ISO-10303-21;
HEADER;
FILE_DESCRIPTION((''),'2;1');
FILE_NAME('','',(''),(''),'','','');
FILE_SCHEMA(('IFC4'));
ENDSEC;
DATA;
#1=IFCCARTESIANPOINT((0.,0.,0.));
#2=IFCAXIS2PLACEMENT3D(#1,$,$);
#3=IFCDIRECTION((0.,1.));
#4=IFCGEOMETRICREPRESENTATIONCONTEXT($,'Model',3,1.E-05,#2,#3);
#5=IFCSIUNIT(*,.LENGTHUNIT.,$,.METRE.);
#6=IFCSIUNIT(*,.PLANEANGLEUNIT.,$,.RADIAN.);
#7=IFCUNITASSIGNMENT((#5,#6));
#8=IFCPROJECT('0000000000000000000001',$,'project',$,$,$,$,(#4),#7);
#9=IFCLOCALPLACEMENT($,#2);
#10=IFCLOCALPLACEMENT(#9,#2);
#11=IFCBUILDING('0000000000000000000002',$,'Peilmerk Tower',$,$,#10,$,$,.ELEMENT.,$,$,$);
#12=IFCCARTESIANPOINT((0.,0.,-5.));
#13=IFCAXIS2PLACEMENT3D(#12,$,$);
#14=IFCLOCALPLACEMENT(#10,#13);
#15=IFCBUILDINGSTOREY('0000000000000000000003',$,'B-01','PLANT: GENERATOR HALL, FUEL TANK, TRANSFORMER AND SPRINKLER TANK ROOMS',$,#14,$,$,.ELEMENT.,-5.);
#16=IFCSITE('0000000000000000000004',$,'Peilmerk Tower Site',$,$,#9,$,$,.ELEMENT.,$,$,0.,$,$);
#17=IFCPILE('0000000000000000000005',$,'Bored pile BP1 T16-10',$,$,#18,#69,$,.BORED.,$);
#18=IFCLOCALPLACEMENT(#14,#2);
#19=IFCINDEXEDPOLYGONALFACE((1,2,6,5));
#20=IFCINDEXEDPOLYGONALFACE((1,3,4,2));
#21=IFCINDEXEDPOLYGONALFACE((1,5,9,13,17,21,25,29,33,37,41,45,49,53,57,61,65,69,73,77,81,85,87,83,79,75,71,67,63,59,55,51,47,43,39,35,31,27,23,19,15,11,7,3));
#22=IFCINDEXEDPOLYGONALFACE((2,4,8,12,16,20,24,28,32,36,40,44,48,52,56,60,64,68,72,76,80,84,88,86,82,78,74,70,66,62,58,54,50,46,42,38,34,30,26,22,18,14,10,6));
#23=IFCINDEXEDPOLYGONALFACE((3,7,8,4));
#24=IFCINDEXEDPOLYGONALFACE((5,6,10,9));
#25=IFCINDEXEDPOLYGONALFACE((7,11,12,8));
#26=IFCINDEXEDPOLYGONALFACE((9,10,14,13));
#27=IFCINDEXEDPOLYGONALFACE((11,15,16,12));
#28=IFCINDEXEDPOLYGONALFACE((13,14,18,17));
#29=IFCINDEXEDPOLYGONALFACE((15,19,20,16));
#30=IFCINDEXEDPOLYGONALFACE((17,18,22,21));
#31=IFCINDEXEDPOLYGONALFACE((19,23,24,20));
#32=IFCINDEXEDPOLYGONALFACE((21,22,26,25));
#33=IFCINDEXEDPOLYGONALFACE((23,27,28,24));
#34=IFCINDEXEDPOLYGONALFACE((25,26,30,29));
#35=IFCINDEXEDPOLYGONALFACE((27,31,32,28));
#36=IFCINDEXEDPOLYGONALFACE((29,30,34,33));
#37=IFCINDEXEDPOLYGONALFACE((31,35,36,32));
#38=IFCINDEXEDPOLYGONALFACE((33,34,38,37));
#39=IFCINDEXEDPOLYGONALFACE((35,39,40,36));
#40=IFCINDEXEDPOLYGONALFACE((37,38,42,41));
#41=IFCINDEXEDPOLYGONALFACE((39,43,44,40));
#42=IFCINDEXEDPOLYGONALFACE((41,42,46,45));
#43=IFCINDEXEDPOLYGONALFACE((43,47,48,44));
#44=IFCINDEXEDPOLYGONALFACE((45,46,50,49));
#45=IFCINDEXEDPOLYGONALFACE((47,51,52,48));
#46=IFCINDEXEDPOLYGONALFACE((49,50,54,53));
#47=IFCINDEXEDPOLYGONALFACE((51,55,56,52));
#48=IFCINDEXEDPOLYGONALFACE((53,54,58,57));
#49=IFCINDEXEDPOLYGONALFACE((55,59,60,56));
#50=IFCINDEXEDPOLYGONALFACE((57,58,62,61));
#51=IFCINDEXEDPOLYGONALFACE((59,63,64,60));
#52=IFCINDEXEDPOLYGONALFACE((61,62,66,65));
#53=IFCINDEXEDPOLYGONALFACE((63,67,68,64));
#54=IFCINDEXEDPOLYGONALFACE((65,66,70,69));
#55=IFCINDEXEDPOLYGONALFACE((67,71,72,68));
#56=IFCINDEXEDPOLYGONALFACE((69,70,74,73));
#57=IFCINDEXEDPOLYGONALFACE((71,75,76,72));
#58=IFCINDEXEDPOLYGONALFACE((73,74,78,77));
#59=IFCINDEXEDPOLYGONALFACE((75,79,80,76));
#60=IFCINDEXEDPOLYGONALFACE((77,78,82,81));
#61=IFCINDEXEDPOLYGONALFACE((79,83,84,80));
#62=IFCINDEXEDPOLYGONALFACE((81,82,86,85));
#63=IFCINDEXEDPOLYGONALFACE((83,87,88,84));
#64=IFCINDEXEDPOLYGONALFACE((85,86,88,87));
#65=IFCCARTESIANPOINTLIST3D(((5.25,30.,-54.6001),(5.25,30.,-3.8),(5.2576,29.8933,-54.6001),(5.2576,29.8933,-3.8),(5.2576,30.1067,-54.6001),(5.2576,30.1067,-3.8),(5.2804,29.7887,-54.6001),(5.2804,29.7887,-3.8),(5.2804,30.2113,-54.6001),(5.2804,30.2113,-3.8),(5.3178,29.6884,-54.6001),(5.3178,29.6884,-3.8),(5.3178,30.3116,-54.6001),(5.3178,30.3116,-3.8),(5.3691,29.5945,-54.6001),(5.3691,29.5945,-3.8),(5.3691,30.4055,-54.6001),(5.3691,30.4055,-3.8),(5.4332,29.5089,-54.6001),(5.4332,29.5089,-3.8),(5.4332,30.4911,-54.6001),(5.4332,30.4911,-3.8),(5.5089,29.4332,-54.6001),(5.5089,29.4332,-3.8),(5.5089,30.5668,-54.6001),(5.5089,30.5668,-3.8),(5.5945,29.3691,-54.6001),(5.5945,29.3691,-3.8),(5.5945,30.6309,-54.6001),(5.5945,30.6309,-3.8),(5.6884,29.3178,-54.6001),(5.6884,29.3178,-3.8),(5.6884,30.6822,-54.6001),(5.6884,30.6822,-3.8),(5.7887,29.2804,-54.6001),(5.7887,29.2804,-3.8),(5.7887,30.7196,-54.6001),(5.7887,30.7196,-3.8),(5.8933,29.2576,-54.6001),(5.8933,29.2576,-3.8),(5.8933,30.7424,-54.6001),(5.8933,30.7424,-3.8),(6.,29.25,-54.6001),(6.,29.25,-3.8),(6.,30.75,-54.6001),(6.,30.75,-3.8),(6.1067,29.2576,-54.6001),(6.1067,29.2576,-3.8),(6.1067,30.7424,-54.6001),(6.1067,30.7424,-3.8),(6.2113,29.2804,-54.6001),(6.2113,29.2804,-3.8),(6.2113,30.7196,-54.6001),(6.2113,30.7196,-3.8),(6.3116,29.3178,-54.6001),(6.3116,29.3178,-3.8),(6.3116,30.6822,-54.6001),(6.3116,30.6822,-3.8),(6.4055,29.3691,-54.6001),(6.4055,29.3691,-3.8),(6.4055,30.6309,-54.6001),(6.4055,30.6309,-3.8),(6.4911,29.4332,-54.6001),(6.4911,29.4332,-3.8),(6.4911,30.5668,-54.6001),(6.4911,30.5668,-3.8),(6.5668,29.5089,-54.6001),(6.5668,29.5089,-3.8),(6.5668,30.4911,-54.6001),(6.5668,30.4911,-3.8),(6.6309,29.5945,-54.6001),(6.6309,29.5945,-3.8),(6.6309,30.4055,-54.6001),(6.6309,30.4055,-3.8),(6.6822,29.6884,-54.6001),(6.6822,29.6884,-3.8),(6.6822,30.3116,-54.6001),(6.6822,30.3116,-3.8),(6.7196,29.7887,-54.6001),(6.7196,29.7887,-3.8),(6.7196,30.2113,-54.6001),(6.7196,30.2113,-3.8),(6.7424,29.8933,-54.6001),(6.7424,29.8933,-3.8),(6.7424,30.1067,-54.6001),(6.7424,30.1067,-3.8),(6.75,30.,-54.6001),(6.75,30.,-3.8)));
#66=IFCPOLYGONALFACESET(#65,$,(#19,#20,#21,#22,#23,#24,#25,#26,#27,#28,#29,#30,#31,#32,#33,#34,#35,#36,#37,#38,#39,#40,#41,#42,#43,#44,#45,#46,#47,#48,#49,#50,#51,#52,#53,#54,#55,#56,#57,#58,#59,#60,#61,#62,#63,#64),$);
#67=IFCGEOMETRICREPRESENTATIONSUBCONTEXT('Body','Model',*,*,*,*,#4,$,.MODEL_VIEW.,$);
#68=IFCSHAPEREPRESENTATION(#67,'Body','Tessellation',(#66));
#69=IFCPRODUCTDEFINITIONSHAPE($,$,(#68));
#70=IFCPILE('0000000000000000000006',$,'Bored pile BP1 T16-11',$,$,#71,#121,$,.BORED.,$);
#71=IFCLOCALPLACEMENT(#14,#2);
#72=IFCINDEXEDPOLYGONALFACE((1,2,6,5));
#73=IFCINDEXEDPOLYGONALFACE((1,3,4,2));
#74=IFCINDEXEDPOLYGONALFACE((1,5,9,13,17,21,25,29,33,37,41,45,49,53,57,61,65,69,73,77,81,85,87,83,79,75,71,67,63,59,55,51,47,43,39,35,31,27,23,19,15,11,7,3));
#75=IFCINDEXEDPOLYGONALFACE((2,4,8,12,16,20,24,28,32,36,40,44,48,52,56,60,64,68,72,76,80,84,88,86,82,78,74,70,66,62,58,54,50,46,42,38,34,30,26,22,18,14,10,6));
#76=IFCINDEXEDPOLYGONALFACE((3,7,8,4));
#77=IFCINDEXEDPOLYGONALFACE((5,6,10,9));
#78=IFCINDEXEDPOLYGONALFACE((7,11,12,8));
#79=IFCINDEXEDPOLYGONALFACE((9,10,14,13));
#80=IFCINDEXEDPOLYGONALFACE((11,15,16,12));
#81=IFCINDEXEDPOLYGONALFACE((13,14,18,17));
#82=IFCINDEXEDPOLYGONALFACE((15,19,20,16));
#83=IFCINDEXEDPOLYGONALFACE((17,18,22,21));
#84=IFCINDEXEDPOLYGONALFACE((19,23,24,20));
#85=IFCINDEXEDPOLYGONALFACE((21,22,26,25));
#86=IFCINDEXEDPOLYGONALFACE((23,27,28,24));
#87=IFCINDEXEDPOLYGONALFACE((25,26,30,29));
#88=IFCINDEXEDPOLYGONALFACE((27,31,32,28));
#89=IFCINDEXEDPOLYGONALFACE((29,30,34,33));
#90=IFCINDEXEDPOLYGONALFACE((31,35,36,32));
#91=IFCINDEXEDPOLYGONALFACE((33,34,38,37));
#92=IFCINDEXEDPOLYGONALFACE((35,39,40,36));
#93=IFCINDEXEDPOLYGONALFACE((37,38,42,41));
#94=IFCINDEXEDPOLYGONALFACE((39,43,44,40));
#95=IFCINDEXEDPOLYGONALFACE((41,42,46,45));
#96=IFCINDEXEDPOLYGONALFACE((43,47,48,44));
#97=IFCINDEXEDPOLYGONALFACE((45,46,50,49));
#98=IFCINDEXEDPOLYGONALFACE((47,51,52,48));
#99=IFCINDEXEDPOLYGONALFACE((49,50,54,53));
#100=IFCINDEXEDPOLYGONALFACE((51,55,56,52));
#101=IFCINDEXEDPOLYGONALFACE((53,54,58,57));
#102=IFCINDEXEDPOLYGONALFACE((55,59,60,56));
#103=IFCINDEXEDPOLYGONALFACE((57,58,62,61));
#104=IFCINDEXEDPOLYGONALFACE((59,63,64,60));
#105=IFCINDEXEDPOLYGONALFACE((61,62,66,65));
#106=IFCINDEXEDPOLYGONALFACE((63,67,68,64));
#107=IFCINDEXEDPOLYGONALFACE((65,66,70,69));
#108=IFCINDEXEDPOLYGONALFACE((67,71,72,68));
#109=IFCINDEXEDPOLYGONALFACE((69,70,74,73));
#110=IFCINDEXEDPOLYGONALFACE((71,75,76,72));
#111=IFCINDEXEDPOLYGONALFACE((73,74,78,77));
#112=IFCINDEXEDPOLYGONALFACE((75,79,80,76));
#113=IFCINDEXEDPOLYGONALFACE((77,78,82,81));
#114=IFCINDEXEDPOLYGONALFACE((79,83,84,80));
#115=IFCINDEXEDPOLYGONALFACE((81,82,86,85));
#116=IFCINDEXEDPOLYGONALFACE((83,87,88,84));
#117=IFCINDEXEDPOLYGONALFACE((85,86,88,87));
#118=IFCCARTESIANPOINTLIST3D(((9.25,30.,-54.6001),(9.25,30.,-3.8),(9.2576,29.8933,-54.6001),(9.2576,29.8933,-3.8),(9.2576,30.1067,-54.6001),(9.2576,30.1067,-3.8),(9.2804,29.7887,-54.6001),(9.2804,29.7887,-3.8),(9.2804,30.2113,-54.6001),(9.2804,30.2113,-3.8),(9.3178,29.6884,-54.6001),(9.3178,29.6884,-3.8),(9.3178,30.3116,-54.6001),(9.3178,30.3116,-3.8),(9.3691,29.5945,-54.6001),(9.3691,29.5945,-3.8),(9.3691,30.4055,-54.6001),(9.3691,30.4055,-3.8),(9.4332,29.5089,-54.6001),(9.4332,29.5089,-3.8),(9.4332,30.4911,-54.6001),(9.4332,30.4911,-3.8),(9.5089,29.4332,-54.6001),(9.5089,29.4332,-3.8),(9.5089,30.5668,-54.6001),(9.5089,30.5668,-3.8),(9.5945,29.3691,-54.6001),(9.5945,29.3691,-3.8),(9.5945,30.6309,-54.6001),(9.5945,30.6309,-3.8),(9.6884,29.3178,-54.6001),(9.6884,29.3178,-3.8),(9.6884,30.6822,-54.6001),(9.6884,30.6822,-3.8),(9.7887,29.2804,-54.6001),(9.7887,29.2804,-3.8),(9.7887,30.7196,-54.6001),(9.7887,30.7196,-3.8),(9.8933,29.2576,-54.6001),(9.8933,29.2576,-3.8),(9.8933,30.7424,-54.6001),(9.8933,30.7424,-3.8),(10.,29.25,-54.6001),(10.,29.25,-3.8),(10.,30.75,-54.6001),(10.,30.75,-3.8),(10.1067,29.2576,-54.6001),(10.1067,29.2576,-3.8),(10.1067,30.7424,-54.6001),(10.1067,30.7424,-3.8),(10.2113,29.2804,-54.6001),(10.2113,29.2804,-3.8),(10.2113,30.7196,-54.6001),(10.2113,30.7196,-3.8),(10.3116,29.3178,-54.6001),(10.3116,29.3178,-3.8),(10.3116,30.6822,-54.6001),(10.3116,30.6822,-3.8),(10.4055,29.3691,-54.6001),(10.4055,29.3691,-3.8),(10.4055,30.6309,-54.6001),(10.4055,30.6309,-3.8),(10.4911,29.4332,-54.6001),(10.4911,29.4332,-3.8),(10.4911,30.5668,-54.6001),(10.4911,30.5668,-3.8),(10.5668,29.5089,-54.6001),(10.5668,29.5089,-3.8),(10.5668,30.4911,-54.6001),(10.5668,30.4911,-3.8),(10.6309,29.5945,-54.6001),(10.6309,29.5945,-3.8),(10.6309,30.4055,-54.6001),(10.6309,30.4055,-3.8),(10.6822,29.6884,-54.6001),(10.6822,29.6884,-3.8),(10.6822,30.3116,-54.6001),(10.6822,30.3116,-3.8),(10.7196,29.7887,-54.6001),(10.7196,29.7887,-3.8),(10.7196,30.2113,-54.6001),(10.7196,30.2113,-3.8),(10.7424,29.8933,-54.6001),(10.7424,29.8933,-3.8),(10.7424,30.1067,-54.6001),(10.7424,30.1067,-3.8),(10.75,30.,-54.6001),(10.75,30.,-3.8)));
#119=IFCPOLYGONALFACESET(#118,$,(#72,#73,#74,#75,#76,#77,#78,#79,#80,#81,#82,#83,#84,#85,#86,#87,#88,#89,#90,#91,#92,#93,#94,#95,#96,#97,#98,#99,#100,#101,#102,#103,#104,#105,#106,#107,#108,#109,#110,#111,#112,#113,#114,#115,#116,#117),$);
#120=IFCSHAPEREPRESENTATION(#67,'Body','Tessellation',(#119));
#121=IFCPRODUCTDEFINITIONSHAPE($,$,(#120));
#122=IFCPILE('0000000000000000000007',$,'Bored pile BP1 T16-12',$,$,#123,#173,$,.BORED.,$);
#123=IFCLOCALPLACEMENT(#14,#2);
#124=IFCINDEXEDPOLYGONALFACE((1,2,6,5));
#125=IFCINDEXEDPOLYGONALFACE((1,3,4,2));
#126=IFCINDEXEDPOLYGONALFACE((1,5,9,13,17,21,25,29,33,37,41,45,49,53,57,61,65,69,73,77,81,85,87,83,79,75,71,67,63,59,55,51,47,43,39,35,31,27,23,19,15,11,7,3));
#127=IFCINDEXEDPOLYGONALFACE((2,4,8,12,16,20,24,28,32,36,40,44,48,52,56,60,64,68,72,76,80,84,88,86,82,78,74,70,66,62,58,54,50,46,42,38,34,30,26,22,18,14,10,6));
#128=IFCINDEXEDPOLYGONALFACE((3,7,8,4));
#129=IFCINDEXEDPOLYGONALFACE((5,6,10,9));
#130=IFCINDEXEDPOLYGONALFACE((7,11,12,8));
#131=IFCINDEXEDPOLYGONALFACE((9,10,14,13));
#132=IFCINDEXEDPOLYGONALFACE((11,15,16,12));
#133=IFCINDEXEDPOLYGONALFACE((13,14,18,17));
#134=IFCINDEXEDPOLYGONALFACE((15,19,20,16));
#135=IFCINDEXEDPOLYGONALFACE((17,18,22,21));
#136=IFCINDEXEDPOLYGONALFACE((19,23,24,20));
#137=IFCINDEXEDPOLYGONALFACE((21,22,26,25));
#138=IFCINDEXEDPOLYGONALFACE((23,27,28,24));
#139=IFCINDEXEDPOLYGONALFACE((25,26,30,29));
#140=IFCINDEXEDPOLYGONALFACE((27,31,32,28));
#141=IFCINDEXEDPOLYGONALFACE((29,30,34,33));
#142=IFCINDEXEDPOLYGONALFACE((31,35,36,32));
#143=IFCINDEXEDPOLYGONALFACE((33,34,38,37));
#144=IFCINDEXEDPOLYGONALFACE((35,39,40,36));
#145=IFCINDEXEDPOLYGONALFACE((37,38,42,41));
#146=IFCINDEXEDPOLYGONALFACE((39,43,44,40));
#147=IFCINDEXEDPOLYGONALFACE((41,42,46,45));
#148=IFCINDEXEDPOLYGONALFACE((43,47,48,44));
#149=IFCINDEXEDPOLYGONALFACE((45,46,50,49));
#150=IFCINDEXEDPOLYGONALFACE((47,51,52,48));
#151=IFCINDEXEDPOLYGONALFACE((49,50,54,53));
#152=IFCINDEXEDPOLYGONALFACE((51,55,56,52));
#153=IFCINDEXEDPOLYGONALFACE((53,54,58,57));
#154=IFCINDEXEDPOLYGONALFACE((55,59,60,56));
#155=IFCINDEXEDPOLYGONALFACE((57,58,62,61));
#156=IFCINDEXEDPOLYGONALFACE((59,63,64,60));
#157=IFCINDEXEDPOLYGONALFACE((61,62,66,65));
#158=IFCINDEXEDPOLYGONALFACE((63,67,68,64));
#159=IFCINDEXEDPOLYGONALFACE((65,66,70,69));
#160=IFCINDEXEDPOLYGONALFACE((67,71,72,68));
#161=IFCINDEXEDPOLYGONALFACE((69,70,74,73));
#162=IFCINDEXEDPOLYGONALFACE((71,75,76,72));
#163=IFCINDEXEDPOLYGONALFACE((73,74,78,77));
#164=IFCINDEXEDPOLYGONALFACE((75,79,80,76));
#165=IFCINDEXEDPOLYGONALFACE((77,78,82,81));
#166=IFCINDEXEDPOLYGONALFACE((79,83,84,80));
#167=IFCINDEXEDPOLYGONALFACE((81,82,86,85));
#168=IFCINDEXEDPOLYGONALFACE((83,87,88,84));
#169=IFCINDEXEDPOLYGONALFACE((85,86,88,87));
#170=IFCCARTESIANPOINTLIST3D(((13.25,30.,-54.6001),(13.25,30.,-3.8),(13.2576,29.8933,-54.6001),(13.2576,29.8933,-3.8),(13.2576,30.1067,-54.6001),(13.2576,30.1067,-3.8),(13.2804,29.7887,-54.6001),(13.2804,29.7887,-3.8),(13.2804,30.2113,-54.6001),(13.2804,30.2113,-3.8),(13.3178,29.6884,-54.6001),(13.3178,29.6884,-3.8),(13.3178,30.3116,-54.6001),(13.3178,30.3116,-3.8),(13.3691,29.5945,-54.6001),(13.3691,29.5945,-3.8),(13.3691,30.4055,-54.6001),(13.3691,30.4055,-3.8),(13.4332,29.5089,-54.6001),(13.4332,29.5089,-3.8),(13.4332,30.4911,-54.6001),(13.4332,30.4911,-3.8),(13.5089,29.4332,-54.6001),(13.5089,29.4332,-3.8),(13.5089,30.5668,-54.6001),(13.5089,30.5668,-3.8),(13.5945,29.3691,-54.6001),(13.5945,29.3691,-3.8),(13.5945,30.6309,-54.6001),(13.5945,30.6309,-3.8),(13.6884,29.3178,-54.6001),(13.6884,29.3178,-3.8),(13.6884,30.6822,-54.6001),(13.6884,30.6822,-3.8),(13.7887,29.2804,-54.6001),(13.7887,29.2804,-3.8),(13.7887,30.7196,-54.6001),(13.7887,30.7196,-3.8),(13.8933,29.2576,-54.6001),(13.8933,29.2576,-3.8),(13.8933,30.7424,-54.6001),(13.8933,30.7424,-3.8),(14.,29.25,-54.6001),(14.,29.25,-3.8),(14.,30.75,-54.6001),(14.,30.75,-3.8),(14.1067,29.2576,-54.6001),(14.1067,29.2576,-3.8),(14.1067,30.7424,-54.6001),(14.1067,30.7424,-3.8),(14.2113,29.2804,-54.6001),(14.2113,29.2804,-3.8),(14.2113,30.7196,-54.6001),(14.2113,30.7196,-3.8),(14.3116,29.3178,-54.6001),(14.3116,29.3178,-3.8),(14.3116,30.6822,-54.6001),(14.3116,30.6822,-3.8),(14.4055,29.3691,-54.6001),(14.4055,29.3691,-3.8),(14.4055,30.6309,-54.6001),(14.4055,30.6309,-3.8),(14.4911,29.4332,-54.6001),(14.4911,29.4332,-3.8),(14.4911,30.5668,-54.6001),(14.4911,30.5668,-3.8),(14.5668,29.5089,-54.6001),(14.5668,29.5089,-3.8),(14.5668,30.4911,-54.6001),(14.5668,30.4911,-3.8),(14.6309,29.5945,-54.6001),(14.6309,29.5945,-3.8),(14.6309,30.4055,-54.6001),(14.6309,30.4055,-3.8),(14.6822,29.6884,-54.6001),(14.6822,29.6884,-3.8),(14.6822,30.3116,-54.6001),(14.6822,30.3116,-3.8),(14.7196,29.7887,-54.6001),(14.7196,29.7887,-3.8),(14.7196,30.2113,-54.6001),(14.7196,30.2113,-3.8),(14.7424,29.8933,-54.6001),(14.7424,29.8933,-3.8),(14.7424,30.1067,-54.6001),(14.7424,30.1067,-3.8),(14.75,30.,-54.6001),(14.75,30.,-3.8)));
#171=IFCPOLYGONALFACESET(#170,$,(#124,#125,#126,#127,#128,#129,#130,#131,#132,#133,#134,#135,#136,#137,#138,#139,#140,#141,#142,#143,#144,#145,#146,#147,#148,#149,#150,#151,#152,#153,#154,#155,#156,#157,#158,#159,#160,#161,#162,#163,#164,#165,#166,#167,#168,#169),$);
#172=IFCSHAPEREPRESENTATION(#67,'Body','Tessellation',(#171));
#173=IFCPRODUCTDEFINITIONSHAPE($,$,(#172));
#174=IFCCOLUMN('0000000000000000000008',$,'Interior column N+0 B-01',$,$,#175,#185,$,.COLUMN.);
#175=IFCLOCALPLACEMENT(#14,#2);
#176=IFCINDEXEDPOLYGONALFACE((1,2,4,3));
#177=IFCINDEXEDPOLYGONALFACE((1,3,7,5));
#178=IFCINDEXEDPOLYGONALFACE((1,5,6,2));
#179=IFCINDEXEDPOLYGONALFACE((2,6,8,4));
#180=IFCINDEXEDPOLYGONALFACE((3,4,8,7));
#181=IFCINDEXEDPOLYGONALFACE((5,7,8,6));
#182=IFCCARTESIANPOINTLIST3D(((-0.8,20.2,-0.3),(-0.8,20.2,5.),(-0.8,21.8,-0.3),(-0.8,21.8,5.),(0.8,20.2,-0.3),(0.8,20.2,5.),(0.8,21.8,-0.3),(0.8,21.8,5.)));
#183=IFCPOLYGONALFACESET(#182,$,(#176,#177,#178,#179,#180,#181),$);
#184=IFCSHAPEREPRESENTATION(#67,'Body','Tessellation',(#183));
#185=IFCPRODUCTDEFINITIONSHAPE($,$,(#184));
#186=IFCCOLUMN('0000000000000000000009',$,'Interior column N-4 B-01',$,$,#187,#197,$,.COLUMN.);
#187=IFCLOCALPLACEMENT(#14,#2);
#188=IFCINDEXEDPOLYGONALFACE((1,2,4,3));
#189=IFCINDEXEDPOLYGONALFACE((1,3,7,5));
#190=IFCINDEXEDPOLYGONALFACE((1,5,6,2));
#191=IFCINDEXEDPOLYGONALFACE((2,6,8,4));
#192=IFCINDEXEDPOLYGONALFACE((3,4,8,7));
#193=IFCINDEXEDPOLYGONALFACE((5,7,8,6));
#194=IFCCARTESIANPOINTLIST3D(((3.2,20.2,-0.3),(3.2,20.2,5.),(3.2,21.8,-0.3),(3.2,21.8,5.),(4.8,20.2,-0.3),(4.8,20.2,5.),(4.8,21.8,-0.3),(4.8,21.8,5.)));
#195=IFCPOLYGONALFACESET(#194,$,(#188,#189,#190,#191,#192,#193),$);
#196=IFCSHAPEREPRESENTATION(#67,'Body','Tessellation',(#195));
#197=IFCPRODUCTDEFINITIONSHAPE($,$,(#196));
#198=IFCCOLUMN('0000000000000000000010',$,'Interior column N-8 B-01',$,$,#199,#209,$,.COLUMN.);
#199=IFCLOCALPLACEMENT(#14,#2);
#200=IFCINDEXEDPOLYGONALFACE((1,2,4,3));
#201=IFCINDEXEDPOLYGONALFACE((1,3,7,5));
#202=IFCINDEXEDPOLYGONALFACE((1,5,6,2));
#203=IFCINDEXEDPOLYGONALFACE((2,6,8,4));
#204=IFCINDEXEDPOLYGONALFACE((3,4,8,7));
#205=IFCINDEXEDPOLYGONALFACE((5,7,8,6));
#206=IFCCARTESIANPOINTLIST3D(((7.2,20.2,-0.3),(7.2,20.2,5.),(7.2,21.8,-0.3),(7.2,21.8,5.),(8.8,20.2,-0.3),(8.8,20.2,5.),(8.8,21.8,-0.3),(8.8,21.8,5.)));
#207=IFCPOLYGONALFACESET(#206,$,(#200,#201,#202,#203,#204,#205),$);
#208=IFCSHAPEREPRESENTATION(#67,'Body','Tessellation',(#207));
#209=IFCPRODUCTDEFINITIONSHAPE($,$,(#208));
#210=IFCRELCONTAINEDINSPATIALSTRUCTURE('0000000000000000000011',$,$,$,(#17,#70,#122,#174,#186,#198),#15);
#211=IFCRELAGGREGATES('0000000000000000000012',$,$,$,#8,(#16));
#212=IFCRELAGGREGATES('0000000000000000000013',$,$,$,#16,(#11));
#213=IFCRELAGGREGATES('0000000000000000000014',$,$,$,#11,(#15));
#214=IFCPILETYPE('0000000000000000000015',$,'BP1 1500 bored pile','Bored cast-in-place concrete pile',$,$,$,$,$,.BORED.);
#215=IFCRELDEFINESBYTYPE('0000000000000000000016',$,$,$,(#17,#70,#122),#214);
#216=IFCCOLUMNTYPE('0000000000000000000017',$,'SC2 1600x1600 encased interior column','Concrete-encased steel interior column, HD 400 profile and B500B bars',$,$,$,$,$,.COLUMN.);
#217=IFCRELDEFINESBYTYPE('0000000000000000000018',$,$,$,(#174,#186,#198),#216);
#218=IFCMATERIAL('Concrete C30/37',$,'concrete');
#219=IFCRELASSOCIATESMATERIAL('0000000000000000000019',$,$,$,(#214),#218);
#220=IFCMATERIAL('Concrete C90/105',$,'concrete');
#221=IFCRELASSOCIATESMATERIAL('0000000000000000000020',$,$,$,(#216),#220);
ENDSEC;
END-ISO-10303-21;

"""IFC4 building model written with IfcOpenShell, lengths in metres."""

from ifc_helpers import new_model, si_unit, direction, frame, origin, origin_2d, place, context, subcontext, project, spatial, rectangle, circle, extrude, material, material_profile, profile_set, type_object, element, save


model = new_model("IFC4")

# Units and contexts
model_context = context("Model", 3, precision=1e-05, world=origin(), true_north=direction((0.0, 1.0)))
body_context = subcontext(model_context, "Body", "Model", "MODEL_VIEW")
ifc_project = project(units=[si_unit("LENGTHUNIT", "METRE"), si_unit("PLANEANGLEUNIT", "RADIAN")], contexts=[model_context])

# Site, building, storey
site_placement = place(None, origin())
site = spatial("IfcSite", under=ifc_project, at=site_placement, Name="Peilmerk Tower Site", CompositionType="ELEMENT", RefElevation=0.0)
building_placement = place(site_placement, origin())
building = spatial("IfcBuilding", under=site, at=building_placement, Name="Peilmerk Tower", CompositionType="ELEMENT")
storey_placement = place(building_placement, frame((0.0, 0.0, -5.0)))
storey = spatial("IfcBuildingStorey", under=building, at=storey_placement, Name="B-01", Description="PLANT: GENERATOR HALL, FUEL TANK, TRANSFORMER AND SPRINKLER TANK ROOMS", CompositionType="ELEMENT", Elevation=-5.0)

# Piles
ifc_material_1 = material(Name="Concrete C30/37", Category="concrete")
ifc_material_profile_1 = material_profile(ifc_material_1, circle(Radius=0.75, at=origin_2d()), Name="BP 1500")
ifc_profile_set_1 = profile_set([ifc_material_profile_1], Name="Concrete C30/37")
pile_type = type_object("IfcPileType", Name="BP1 1500 bored pile", Description="Bored cast-in-place concrete pile", PredefinedType="BORED", material=ifc_profile_set_1)
for number, where, z_axis, x_axis, name in (
    (1, (6.0, 30.0, -3.8), (0.0, 0.0, -1.0), (1.0, 0.0, 0.0), "Bored pile BP1 T16-10"),
    (2, (10.0, 30.0, -3.8), (0.0, 0.0, -1.0), (1.0, 0.0, 0.0), "Bored pile BP1 T16-11"),
    (3, (14.0, 30.0, -3.8), (0.0, 0.0, -1.0), (1.0, 0.0, 0.0), "Bored pile BP1 T16-12"),
):
    element("IfcPile", number, at=place(storey_placement, frame(where, z_axis=z_axis, x_axis=x_axis)), inside=storey, type_object=pile_type, Name=name, PredefinedType="BORED", context=body_context, shape_type="SweptSolid", body=[
        extrude(circle(Radius=0.75, at=origin_2d()), origin(), (0.0, 0.0, 1.0), 50.8),
    ])

# Columns
ifc_material_2 = material(Name="Concrete C90/105", Category="concrete")
ifc_material_profile_2 = material_profile(ifc_material_2, rectangle(XDim=1.6001, YDim=1.6001, at=origin_2d()), Name="RC 1600x1600")
ifc_profile_set_2 = profile_set([ifc_material_profile_2], Name="Concrete C90/105")
column_type = type_object("IfcColumnType", Name="SC2 1600x1600 encased interior column", Description="Concrete-encased steel interior column, HD 400 profile and B500B bars", PredefinedType="COLUMN", material=ifc_profile_set_2)
for number, where, z_axis, x_axis, name in (
    (4, (0.0, 21.0, -0.3), (0.0, 0.0, 1.0), (1.0, 0.0, 0.0), "Interior column N+0 B-01"),
    (5, (4.0, 21.0, -0.3), (0.0, 0.0, 1.0), (1.0, 0.0, 0.0), "Interior column N-4 B-01"),
    (6, (8.0, 21.0, -0.3), (0.0, 0.0, 1.0), (1.0, 0.0, 0.0), "Interior column N-8 B-01"),
):
    element("IfcColumn", number, at=place(storey_placement, frame(where, z_axis=z_axis, x_axis=x_axis)), inside=storey, type_object=column_type, Name=name, PredefinedType="COLUMN", context=body_context, shape_type="SweptSolid", body=[
        extrude(rectangle(XDim=1.6001, YDim=1.6001, at=origin_2d()), origin(), (0.0, 0.0, 1.0), 5.3),
    ])

save(model, "model.ifc")
